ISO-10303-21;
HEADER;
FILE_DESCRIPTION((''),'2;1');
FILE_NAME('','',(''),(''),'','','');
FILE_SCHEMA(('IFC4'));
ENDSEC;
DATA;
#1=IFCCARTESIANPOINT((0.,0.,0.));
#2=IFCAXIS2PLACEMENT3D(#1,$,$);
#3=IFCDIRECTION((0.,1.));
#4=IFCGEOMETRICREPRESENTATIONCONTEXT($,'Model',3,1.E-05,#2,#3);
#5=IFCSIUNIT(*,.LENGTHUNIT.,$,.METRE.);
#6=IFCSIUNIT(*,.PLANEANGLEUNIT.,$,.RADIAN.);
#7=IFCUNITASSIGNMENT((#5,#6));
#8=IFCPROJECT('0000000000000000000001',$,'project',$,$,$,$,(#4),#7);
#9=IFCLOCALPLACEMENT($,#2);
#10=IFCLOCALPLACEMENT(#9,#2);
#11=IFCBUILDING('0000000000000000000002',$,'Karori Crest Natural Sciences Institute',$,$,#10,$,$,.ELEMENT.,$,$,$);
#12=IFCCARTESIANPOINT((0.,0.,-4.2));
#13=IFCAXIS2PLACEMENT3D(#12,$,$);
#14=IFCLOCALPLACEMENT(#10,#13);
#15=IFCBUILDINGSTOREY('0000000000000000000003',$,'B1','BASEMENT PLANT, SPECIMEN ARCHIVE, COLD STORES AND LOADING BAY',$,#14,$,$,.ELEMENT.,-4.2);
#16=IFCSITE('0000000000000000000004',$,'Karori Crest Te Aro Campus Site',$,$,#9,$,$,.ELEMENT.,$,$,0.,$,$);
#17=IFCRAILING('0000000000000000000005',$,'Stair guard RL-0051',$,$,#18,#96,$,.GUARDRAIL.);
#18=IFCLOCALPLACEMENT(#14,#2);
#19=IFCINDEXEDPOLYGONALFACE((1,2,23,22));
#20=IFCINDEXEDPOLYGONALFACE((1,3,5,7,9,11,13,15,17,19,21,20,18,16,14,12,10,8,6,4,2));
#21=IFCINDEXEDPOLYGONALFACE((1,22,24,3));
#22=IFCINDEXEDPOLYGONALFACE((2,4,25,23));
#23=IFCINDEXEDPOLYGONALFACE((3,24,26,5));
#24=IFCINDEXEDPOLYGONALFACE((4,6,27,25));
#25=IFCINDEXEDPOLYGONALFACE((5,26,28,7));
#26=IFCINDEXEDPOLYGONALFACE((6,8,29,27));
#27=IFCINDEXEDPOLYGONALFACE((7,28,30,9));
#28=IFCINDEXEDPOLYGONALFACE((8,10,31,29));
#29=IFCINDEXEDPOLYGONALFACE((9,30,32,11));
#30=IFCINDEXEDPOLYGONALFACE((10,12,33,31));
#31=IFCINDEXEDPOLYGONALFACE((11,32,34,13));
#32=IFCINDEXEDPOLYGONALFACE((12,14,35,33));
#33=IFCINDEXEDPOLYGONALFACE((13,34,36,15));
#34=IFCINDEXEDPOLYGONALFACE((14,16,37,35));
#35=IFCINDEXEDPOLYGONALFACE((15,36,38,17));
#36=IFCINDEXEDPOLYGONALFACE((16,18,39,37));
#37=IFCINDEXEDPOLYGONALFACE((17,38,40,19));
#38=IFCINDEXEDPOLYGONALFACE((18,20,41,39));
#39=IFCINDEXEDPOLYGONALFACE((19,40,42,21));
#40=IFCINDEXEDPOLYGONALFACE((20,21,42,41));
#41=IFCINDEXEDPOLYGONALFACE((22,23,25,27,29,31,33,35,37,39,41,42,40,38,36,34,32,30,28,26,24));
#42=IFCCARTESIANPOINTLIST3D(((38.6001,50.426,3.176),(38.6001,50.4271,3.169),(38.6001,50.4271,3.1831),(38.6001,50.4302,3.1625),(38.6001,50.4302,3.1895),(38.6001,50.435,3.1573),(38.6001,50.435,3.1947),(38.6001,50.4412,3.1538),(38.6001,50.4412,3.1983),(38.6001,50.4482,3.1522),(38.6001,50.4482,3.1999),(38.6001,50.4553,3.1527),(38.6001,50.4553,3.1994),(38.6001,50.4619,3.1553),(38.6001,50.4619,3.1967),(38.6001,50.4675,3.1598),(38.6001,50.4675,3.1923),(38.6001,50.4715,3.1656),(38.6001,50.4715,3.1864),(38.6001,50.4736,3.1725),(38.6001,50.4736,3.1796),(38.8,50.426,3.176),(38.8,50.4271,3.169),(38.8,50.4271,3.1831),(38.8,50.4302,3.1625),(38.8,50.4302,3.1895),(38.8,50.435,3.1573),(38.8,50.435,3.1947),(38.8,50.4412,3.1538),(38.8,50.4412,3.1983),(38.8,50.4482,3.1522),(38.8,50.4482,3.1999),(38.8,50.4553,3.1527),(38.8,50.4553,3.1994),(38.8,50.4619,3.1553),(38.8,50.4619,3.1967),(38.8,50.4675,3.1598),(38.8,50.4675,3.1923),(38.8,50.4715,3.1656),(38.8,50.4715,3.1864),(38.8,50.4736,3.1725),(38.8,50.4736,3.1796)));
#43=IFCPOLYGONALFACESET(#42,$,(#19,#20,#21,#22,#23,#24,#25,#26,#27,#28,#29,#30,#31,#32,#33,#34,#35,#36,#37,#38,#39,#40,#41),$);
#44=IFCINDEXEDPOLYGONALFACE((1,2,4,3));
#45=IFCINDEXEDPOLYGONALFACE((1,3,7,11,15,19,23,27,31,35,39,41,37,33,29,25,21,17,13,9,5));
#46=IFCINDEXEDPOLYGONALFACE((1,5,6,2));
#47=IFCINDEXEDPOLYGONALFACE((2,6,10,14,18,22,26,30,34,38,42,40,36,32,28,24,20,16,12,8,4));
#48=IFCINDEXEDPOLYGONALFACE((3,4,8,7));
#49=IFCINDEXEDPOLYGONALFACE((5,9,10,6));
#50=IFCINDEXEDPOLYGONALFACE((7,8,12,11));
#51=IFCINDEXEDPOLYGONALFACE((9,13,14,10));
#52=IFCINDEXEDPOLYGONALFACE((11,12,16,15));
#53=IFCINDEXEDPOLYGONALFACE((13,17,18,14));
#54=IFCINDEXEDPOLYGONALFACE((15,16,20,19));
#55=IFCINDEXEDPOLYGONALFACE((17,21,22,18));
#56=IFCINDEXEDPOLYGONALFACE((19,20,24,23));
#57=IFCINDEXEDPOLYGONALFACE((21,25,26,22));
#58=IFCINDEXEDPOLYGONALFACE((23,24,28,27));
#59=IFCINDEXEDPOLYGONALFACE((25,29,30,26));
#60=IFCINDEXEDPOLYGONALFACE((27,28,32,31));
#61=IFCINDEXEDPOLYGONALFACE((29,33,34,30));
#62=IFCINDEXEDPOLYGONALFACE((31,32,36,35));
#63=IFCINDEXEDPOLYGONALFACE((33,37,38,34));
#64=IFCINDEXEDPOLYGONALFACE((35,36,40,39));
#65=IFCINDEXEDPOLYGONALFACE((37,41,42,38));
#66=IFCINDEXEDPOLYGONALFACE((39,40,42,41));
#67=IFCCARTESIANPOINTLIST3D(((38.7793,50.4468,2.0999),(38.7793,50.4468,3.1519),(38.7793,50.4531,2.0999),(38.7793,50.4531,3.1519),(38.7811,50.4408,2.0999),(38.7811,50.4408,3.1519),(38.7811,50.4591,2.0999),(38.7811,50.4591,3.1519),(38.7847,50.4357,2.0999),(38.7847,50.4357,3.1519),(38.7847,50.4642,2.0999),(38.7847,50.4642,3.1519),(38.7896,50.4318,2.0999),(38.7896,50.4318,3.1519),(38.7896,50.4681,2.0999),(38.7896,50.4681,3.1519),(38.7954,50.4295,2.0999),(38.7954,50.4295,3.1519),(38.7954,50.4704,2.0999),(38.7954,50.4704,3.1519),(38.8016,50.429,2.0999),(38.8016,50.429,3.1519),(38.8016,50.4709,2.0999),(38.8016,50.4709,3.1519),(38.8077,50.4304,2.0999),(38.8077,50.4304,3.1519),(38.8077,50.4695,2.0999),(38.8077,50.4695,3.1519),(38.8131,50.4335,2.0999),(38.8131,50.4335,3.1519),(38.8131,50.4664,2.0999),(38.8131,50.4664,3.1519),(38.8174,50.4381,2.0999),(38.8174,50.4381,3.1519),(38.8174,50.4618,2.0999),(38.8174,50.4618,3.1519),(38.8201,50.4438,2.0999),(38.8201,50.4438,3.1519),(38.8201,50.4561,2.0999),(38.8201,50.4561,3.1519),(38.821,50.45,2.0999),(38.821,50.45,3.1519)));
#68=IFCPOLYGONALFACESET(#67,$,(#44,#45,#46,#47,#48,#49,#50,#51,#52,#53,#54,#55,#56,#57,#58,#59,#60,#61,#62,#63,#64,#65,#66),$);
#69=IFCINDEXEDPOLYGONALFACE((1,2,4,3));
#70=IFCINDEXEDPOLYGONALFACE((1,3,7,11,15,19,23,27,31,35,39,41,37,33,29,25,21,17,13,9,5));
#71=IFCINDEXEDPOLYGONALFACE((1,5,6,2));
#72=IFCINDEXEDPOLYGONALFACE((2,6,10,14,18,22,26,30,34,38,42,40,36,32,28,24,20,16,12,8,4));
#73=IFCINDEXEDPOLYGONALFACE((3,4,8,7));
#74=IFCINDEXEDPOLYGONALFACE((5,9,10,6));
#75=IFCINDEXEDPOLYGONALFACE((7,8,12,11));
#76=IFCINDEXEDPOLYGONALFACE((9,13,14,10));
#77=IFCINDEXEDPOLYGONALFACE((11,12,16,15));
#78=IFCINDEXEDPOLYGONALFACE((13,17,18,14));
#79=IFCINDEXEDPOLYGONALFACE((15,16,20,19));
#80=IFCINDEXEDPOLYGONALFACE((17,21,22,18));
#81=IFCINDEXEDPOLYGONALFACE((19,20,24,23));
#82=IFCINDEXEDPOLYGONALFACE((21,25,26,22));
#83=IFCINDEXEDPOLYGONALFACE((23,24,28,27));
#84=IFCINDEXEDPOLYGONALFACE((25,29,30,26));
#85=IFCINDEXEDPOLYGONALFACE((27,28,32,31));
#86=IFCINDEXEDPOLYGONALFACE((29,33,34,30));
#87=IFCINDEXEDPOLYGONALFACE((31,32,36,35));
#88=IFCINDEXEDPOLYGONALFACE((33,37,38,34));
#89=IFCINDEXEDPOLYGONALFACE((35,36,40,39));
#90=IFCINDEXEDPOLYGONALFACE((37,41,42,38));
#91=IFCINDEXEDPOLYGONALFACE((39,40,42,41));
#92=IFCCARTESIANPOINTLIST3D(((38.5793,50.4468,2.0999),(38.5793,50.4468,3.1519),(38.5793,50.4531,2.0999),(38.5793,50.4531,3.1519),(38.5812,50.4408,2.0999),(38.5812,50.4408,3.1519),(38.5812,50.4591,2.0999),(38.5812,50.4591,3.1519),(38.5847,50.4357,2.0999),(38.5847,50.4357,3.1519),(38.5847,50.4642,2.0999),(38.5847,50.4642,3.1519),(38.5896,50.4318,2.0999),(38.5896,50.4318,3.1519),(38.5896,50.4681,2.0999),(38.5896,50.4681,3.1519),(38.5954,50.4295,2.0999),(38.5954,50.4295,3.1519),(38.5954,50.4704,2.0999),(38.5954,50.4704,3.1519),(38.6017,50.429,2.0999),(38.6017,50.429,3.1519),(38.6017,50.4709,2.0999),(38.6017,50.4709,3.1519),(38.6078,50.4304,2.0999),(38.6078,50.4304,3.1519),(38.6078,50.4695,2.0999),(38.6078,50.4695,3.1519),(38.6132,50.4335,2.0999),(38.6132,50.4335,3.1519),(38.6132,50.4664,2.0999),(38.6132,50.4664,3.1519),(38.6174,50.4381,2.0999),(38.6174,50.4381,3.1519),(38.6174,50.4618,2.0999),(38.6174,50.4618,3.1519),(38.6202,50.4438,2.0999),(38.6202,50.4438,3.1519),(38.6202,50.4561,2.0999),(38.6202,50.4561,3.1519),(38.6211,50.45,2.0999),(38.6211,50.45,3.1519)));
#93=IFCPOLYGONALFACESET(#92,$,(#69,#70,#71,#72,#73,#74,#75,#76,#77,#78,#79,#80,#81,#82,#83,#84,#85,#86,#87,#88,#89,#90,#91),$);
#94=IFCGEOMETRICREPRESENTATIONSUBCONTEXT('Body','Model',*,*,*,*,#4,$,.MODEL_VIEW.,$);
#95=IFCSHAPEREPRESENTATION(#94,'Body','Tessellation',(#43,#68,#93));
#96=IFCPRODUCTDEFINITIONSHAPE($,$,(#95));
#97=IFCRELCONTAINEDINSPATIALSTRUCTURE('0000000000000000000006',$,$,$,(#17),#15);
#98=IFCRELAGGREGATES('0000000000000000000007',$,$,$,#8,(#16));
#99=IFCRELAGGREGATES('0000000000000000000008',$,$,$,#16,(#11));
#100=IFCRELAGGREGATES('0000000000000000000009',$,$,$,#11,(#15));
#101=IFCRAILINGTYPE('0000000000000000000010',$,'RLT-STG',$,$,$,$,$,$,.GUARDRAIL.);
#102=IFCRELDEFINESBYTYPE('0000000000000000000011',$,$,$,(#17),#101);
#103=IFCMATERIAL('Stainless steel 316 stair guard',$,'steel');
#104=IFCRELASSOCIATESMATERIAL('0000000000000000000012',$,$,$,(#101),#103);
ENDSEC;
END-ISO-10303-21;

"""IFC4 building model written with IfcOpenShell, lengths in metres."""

from ifc_helpers import new_model, si_unit, direction, frame, origin, origin_2d, place, context, subcontext, project, spatial, circle, extrude, material, type_object, element, save


model = new_model("IFC4")

# Units and contexts
model_context = context("Model", 3, precision=1e-05, world=origin(), true_north=direction((0.0, 1.0)))
body_context = subcontext(model_context, "Body", "Model", "MODEL_VIEW")
ifc_project = project(units=[si_unit("LENGTHUNIT", "METRE"), si_unit("PLANEANGLEUNIT", "RADIAN")], contexts=[model_context])

# Site, building, storey
site_placement = place(None, origin())
site = spatial("IfcSite", under=ifc_project, at=site_placement, Name="Karori Crest Te Aro Campus Site", CompositionType="ELEMENT", RefElevation=0.0)
building_placement = place(site_placement, origin())
building = spatial("IfcBuilding", under=site, at=building_placement, Name="Karori Crest Natural Sciences Institute", CompositionType="ELEMENT")
storey_placement = place(building_placement, frame((0.0, 0.0, -4.2)))
storey = spatial("IfcBuildingStorey", under=building, at=storey_placement, Name="B1", Description="BASEMENT PLANT, SPECIMEN ARCHIVE, COLD STORES AND LOADING BAY", CompositionType="ELEMENT", Elevation=-4.2)

# Railing
ifc_material_1 = material(Name="Stainless steel 316 stair guard", Category="steel")
railing_type_1 = type_object("IfcRailingType", Name="RLT-STG", PredefinedType="GUARDRAIL", material=ifc_material_1)
railing_1_placement = place(storey_placement, frame((38.8, 50.45, 2.0999)))
element("IfcRailing", 1, at=railing_1_placement, inside=storey, type_object=railing_type_1, Name="Stair guard RL-0051", PredefinedType="GUARDRAIL", context=body_context, shape_type="SweptSolid", body=[
    extrude(circle(Radius=0.0239, at=origin_2d()), frame((0.0, 0.0, 1.0762), z_axis=(-1.0, 0.0, 0.0), x_axis=(0.0, -1.0, 0.0)), (0.0, 0.0, 1.0), 0.2),
    extrude(circle(Radius=0.021, at=origin_2d()), origin(), (0.0, 0.0, 1.0), 1.052),
    extrude(circle(Radius=0.021, at=origin_2d()), frame((-0.2, 0.0, 0.0)), (0.0, 0.0, 1.0), 1.052),
])

save(model, "model.ifc")
